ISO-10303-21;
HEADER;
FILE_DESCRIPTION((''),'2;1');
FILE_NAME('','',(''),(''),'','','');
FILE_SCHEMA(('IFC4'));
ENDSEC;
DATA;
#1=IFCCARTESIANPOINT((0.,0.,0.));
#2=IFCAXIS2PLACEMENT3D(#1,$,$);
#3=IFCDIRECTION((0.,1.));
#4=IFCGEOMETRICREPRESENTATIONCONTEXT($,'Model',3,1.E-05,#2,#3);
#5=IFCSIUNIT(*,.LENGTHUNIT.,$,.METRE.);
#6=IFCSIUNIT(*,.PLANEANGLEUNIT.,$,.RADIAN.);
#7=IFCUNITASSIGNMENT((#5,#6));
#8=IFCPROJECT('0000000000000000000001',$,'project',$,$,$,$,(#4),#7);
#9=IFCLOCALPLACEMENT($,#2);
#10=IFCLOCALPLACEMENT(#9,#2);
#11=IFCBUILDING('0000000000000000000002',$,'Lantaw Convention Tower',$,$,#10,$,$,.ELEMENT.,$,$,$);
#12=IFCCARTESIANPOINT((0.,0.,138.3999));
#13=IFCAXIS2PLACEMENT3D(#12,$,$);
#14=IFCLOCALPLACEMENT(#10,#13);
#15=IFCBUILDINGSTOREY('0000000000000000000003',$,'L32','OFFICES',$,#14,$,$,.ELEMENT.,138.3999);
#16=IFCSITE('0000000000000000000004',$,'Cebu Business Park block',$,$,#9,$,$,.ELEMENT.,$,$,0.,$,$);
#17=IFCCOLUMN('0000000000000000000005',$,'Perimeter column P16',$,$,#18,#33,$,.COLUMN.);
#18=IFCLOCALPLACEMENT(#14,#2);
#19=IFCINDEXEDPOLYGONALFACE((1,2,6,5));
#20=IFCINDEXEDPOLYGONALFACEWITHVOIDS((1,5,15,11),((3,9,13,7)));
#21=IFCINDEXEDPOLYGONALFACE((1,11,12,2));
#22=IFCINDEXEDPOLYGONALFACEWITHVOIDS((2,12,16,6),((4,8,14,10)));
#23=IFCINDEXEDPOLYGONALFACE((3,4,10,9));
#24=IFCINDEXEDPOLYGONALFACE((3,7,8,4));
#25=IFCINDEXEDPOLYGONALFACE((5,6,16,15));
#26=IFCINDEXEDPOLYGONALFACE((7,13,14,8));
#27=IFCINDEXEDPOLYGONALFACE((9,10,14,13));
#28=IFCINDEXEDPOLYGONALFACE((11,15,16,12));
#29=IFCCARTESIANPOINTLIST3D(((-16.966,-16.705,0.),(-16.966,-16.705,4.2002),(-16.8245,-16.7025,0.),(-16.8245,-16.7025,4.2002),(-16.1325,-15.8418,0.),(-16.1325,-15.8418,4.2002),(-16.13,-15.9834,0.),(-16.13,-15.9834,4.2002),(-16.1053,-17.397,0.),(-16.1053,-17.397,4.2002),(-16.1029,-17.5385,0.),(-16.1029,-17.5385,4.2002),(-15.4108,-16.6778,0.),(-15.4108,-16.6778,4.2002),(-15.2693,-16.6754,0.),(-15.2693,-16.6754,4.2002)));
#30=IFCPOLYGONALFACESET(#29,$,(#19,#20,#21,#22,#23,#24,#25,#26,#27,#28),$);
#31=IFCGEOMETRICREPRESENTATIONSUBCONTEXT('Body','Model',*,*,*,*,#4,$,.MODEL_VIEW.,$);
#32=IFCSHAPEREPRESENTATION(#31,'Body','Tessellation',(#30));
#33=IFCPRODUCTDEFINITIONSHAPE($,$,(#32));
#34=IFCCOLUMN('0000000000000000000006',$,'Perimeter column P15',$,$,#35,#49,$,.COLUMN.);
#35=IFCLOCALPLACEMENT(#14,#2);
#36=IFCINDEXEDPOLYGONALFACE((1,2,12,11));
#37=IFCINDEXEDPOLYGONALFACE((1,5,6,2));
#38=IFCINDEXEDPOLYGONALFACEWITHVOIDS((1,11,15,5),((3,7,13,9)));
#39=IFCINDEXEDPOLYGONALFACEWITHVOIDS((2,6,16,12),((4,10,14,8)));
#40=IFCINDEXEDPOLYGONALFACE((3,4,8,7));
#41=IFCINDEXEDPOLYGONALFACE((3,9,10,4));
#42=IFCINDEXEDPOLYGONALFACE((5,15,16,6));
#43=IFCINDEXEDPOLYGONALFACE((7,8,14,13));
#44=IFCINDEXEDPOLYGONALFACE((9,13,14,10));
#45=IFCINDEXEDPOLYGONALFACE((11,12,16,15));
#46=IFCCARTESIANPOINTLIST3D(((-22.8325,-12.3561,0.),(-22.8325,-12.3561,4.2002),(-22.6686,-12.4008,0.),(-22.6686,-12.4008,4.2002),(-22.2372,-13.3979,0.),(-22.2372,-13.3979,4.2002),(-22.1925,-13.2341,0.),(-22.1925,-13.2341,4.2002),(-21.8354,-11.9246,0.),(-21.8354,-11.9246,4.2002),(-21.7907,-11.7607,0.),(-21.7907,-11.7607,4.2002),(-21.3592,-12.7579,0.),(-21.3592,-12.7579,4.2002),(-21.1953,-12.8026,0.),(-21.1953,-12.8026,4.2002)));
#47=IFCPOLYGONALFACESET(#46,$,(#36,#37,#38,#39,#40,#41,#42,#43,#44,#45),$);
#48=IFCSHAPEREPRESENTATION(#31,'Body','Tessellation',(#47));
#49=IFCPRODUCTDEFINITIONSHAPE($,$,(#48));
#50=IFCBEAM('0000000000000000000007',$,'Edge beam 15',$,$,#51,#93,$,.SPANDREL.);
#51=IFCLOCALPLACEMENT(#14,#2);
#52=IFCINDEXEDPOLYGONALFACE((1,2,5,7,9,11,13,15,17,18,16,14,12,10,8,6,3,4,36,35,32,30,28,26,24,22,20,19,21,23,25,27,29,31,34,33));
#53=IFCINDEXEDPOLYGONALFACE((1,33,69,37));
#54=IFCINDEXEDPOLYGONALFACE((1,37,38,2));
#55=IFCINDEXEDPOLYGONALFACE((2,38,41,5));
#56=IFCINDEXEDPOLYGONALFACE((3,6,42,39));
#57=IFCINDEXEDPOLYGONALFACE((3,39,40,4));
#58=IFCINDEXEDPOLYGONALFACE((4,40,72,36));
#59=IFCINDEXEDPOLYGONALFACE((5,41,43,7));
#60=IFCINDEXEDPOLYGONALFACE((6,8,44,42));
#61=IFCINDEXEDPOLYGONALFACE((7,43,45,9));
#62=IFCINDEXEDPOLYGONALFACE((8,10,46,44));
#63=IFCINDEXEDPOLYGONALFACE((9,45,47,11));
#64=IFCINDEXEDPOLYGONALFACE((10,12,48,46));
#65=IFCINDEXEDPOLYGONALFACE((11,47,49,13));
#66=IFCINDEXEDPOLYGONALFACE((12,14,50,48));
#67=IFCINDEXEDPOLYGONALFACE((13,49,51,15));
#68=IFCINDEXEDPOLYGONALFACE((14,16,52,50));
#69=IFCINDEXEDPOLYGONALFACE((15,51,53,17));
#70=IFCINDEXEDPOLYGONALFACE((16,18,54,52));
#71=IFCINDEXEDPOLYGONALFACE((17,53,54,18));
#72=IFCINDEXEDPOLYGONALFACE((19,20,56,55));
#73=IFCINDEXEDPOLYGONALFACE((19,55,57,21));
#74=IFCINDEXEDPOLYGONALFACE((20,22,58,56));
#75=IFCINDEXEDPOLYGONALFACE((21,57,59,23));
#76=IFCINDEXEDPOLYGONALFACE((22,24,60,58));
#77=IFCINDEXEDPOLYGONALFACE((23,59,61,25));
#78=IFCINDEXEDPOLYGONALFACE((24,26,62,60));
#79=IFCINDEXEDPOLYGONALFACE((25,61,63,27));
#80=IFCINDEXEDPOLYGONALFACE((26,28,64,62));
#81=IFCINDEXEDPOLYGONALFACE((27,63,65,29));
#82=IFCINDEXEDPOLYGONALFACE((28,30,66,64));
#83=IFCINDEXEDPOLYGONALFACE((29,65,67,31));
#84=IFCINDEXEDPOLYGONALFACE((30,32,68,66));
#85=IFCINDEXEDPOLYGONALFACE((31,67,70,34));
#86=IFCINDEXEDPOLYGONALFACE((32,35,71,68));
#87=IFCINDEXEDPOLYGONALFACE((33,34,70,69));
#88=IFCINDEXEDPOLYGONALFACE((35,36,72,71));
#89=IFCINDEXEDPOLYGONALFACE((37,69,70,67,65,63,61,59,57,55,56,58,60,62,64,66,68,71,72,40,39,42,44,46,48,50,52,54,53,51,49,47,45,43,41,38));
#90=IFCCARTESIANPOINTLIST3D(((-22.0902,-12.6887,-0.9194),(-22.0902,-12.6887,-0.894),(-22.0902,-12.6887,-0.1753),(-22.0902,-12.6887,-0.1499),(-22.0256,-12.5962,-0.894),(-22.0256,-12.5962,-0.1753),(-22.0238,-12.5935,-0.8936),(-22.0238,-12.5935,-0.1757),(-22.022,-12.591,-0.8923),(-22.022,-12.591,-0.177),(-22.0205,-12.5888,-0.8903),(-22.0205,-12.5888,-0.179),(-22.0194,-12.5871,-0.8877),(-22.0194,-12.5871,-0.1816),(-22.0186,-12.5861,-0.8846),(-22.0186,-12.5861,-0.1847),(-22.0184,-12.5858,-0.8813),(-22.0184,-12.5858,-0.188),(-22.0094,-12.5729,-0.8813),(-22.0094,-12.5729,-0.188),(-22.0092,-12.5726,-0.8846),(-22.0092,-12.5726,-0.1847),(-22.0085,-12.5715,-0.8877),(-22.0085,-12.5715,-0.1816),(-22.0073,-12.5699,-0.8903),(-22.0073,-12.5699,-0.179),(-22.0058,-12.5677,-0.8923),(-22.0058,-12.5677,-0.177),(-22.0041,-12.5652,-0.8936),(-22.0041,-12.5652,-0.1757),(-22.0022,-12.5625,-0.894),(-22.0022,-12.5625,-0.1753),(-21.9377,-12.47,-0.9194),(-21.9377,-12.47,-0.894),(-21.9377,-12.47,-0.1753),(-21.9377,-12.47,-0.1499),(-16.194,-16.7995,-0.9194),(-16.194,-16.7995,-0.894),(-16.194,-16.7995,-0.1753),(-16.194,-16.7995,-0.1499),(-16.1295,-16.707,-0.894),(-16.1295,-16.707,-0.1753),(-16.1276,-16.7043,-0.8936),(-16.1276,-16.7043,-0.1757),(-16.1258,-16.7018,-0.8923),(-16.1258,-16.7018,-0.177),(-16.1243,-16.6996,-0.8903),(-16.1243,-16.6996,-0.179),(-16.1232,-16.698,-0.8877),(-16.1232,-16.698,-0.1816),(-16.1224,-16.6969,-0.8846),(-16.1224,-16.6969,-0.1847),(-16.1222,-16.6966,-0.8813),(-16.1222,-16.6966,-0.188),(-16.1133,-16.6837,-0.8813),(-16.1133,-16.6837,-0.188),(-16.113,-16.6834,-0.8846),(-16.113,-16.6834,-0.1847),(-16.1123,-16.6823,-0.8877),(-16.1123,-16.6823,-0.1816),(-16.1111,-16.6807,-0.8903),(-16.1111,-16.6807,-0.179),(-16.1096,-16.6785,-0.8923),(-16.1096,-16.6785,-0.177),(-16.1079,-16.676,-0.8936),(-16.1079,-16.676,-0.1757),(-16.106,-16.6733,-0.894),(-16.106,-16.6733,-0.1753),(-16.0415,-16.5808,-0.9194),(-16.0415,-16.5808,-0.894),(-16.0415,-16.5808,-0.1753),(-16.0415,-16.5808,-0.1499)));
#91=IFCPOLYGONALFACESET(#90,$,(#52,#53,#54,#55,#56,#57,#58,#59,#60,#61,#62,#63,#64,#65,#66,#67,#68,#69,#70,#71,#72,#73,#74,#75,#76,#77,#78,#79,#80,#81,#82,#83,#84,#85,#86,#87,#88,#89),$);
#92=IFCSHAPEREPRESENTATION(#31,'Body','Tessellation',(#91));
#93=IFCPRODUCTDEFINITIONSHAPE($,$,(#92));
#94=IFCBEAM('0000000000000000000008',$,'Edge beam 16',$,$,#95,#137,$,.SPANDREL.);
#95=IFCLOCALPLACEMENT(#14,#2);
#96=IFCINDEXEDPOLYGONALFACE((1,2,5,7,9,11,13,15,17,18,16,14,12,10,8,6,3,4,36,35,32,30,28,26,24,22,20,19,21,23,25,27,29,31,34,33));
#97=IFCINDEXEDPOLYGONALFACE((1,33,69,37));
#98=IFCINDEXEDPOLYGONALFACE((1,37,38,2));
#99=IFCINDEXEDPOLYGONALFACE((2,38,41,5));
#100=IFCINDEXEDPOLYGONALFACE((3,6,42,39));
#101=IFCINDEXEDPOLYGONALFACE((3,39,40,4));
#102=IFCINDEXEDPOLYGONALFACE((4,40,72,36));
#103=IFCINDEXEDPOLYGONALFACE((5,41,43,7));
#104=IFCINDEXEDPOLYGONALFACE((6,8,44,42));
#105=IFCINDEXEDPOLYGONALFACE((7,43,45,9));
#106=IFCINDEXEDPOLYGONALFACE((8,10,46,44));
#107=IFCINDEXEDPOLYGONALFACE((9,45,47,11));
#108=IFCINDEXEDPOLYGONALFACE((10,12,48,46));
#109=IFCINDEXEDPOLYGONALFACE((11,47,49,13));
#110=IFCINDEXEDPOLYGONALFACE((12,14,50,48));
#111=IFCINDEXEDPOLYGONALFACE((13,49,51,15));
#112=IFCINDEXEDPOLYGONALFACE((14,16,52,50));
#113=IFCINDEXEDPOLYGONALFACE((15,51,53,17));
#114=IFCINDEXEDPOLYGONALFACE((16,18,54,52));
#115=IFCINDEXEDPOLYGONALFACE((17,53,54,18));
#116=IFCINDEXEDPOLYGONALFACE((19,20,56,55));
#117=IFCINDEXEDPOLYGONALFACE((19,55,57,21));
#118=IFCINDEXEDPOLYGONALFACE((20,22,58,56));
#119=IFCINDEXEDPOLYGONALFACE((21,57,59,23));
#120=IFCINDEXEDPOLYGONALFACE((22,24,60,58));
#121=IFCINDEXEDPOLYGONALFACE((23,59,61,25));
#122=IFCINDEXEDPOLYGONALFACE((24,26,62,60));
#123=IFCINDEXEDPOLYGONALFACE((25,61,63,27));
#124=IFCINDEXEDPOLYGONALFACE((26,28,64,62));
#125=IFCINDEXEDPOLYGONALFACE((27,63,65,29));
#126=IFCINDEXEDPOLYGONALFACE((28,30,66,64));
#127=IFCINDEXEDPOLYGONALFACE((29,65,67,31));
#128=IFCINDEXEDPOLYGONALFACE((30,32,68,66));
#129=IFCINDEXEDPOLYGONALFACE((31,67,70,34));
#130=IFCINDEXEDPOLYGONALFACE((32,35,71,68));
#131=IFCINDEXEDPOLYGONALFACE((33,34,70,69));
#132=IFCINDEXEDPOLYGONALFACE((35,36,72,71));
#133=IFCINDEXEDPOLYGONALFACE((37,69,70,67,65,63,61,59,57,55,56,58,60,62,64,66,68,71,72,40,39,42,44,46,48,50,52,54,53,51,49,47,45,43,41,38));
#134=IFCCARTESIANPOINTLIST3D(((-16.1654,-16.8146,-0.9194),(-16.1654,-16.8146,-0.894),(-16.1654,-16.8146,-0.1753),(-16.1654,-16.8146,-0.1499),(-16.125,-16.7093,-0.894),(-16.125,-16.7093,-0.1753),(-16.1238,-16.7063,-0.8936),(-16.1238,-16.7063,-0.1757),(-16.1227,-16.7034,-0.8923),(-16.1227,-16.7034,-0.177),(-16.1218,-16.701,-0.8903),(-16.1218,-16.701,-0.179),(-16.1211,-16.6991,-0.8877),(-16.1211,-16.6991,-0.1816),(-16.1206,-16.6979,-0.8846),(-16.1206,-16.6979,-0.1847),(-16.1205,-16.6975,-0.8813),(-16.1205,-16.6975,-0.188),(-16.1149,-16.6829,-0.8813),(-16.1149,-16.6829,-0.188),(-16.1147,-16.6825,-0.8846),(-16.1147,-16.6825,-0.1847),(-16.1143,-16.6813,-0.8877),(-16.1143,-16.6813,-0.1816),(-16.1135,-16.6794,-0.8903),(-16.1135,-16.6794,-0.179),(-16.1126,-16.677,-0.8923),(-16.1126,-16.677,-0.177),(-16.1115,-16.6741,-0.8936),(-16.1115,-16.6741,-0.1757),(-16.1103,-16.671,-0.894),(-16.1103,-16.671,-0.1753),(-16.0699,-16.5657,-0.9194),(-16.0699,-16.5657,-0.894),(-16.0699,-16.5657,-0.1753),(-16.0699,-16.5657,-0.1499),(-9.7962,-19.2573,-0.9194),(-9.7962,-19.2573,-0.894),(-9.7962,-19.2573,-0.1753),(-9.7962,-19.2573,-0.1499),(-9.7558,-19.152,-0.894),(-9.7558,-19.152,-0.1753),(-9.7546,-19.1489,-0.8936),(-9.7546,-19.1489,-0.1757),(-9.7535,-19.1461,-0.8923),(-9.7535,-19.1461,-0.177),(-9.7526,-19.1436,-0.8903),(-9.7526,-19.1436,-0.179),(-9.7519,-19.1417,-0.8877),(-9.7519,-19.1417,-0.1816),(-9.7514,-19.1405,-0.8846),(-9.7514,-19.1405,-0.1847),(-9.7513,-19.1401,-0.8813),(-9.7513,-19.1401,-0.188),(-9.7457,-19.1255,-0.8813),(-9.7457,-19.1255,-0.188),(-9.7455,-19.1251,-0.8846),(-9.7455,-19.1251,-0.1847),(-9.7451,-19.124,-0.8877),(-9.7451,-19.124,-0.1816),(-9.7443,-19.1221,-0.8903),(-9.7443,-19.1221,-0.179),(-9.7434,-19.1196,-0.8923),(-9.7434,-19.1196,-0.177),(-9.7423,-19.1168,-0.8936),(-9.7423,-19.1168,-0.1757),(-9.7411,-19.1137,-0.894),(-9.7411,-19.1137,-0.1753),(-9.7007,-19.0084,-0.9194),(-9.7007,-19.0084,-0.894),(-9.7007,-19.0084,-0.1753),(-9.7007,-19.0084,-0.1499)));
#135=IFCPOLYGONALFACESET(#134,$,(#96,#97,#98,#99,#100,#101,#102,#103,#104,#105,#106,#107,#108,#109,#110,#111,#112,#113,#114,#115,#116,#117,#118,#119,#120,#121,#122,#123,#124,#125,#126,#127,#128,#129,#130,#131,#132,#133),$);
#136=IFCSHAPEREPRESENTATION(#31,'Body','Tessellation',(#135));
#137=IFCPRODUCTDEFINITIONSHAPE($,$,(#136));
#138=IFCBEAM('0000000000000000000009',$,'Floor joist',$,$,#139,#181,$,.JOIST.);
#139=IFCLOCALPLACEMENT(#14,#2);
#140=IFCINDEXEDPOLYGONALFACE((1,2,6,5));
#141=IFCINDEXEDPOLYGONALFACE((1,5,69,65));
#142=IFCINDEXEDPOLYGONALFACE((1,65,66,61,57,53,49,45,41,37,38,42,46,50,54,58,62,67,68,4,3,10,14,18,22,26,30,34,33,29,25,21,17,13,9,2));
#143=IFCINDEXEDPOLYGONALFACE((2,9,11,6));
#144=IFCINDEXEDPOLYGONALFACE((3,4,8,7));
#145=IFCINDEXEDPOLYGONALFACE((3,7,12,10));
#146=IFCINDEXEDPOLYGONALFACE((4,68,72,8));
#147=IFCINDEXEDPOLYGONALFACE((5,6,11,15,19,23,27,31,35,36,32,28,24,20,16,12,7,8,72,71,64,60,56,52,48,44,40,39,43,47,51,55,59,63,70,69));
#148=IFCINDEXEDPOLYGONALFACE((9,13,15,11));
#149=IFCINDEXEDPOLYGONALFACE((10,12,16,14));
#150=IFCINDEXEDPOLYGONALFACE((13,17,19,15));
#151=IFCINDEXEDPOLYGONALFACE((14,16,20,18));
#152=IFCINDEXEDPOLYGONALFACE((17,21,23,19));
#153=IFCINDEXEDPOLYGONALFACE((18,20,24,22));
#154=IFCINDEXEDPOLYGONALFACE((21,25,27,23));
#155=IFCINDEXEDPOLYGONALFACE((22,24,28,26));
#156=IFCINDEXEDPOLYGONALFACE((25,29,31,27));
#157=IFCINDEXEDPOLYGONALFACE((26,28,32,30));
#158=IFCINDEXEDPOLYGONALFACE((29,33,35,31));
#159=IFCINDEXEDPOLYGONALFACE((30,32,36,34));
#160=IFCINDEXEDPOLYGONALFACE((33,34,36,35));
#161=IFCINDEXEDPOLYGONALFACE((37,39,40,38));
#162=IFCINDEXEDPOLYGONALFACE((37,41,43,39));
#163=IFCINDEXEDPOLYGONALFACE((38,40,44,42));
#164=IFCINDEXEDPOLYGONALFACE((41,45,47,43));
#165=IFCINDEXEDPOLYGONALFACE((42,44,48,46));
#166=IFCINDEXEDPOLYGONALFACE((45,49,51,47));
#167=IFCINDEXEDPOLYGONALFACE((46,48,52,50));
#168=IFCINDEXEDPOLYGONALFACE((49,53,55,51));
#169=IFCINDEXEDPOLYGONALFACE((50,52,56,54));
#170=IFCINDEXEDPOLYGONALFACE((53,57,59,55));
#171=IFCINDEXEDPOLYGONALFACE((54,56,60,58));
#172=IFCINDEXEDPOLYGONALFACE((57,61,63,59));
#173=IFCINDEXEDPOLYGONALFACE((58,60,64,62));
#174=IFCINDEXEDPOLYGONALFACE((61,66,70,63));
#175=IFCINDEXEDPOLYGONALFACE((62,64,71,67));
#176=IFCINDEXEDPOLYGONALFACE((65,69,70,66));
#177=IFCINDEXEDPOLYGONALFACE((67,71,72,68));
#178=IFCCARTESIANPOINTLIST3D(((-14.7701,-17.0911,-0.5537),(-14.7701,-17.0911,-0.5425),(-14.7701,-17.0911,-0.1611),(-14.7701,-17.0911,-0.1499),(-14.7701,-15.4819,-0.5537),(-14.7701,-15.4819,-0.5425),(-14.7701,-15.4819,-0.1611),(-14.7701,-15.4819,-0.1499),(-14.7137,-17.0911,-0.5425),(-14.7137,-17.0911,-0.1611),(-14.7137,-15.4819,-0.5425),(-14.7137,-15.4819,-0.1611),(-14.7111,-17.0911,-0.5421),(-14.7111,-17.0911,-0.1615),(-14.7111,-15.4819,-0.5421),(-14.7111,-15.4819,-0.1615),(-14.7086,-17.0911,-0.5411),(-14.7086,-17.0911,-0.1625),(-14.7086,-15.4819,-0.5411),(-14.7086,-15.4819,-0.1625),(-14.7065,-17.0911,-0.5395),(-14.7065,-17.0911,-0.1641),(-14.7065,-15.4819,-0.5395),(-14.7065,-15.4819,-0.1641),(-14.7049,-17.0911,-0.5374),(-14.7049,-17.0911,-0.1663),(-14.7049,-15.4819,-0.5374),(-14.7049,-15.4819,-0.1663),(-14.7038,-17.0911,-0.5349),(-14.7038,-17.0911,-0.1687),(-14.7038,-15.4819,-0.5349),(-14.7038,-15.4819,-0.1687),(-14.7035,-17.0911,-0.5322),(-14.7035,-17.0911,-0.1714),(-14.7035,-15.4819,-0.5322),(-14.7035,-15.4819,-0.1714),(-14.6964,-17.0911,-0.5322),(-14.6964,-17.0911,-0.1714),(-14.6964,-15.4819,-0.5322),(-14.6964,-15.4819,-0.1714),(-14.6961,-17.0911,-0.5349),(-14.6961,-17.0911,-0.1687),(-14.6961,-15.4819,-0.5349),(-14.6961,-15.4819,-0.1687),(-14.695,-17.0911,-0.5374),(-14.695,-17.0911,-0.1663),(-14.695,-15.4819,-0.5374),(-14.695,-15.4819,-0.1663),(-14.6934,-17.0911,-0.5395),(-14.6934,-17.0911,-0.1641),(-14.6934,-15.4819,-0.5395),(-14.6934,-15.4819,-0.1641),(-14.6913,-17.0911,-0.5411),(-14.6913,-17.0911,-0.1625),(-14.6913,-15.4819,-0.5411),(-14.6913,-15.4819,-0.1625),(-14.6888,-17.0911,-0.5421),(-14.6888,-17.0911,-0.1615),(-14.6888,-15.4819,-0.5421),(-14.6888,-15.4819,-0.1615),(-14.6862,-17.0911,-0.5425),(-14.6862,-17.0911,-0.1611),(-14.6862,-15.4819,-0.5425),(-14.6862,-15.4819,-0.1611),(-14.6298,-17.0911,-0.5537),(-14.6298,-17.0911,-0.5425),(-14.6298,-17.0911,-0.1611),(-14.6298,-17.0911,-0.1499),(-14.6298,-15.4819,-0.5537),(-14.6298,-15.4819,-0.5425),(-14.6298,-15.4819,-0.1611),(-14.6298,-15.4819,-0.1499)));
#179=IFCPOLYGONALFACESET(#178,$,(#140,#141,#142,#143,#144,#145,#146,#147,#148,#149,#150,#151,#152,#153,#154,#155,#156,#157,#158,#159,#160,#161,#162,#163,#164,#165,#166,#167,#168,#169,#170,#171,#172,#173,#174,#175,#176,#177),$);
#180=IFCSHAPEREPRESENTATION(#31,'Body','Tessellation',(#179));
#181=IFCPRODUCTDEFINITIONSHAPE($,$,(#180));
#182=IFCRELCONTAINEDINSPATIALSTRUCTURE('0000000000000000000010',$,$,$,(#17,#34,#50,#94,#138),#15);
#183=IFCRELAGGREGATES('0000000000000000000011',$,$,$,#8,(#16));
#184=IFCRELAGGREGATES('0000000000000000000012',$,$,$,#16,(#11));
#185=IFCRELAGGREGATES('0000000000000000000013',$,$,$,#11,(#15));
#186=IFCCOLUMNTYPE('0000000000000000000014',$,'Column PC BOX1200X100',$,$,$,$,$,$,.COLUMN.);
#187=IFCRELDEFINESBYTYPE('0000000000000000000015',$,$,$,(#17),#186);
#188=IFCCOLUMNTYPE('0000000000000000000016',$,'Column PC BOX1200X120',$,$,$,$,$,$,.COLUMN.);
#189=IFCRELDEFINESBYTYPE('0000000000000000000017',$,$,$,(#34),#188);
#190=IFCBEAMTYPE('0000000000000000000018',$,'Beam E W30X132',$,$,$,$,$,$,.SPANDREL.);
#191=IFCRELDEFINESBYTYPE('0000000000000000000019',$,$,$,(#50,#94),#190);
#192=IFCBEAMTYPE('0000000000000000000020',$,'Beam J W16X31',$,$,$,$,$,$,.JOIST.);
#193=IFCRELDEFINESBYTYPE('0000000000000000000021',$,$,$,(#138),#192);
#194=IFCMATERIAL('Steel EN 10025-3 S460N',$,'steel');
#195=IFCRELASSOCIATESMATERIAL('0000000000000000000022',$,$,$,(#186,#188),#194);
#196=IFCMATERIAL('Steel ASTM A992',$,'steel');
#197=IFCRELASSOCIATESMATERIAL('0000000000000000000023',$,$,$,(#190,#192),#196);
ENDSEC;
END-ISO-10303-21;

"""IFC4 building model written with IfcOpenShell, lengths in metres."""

from ifc_helpers import new_model, si_unit, direction, frame, origin, origin_2d, place, context, subcontext, project, spatial, rectangle, hollow_rectangle, i_section, extrude, material, material_profile, profile_set, type_object, element, save


model = new_model("IFC4")

# Units and contexts
model_context = context("Model", 3, precision=1e-05, world=origin(), true_north=direction((0.0, 1.0)))
body_context = subcontext(model_context, "Body", "Model", "MODEL_VIEW")
ifc_project = project(units=[si_unit("LENGTHUNIT", "METRE"), si_unit("PLANEANGLEUNIT", "RADIAN")], contexts=[model_context])

# Site, building, storey
site_placement = place(None, origin())
site = spatial("IfcSite", under=ifc_project, at=site_placement, Name="Cebu Business Park block", CompositionType="ELEMENT", RefElevation=0.0)
building_placement = place(site_placement, origin())
building = spatial("IfcBuilding", under=site, at=building_placement, Name="Lantaw Convention Tower", CompositionType="ELEMENT")
storey_placement = place(building_placement, frame((0.0, 0.0, 138.3999)))
storey = spatial("IfcBuildingStorey", under=building, at=storey_placement, Name="L32", Description="OFFICES", CompositionType="ELEMENT", Elevation=138.3999)

# Columns
ifc_material_1 = material(Name="Steel EN 10025-3 S460N", Category="steel")
ifc_material_profile_1 = material_profile(ifc_material_1, hollow_rectangle(XDim=1.2, YDim=1.2, WallThickness=0.1001, at=origin_2d()), Name="BOX1200X100")
ifc_material_2 = material(Name="Concrete C60/75", Category="concrete")
ifc_material_profile_2 = material_profile(ifc_material_2, rectangle(XDim=1.0, YDim=1.0, at=origin_2d()), Name="Concrete fill of BOX1200X100")
ifc_profile_set_1 = profile_set([ifc_material_profile_1, ifc_material_profile_2], Name="Steel EN 10025-3 S460N")
column_type_1 = type_object("IfcColumnType", Name="Column PC BOX1200X100", PredefinedType="COLUMN", material=ifc_profile_set_1)
column_1_placement = place(storey_placement, frame((-16.1177, -16.6902, 0.0), z_axis=(0.0, 0.0, 1.0), x_axis=(0.694658, 0.71934, 0.0)))
element("IfcColumn", 1, at=column_1_placement, inside=storey, type_object=column_type_1, Name="Perimeter column P16", PredefinedType="COLUMN", context=body_context, shape_type="SweptSolid", body=[
    extrude(hollow_rectangle(XDim=1.2, YDim=1.2, WallThickness=0.1001, at=origin_2d()), origin(), (0.0, 0.0, 1.0), 4.2002),
])
ifc_material_profile_3 = material_profile(ifc_material_1, hollow_rectangle(XDim=1.2, YDim=1.2, WallThickness=0.1201, at=origin_2d()), Name="BOX1200X120")
ifc_material_profile_4 = material_profile(ifc_material_2, rectangle(XDim=0.96, YDim=0.96, at=origin_2d()), Name="Concrete fill of BOX1200X120")
ifc_profile_set_2 = profile_set([ifc_material_profile_3, ifc_material_profile_4], Name="Steel EN 10025-3 S460N")
column_type_2 = type_object("IfcColumnType", Name="Column PC BOX1200X120", PredefinedType="COLUMN", material=ifc_profile_set_2)
column_2_placement = place(storey_placement, frame((-22.0139, -12.5793, 0.0), z_axis=(0.0, 0.0, 1.0), x_axis=(0.868243, 0.496139, 0.0)))
element("IfcColumn", 2, at=column_2_placement, inside=storey, type_object=column_type_2, Name="Perimeter column P15", PredefinedType="COLUMN", context=body_context, shape_type="SweptSolid", body=[
    extrude(hollow_rectangle(XDim=1.2, YDim=1.2, WallThickness=0.1201, at=origin_2d()), origin(), (0.0, 0.0, 1.0), 4.2002),
])

# Beams
ifc_material_3 = material(Name="Steel ASTM A992", Category="steel")
ifc_material_profile_5 = material_profile(ifc_material_3, i_section(OverallWidth=0.2666, OverallDepth=0.7695, WebThickness=0.0156, FlangeThickness=0.0254, FilletRadius=0.0127, at=origin_2d()), Name="W30X132")
ifc_profile_set_3 = profile_set([ifc_material_profile_5], Name="Steel ASTM A992")
beam_type_1 = type_object("IfcBeamType", Name="Beam E W30X132", PredefinedType="SPANDREL", material=ifc_profile_set_3)
beam_1_placement = place(storey_placement, frame((-22.0139, -12.5793, -0.5347), z_axis=(0.820311, -0.571918, 0.0), x_axis=(0.571918, 0.820311, 0.0)))
element("IfcBeam", 3, at=beam_1_placement, inside=storey, type_object=beam_type_1, Name="Edge beam 15", PredefinedType="SPANDREL", context=body_context, shape_type="SweptSolid", body=[
    extrude(i_section(OverallWidth=0.2666, OverallDepth=0.7695, WebThickness=0.0156, FlangeThickness=0.0254, FilletRadius=0.0127, at=origin_2d()), origin(), (0.0, 0.0, 1.0), 7.1877),
])
beam_2_placement = place(storey_placement, frame((-16.1177, -16.6902, -0.5347), z_axis=(0.933691, -0.35808, 0.0), x_axis=(0.35808, 0.933691, 0.0)))
element("IfcBeam", 4, at=beam_2_placement, inside=storey, type_object=beam_type_1, Name="Edge beam 16", PredefinedType="SPANDREL", context=body_context, shape_type="SweptSolid", body=[
    extrude(i_section(OverallWidth=0.2666, OverallDepth=0.7695, WebThickness=0.0156, FlangeThickness=0.0254, FilletRadius=0.0127, at=origin_2d()), origin(), (0.0, 0.0, 1.0), 6.8215),
])
ifc_material_profile_6 = material_profile(ifc_material_3, i_section(OverallWidth=0.1404, OverallDepth=0.4038, WebThickness=0.0071, FlangeThickness=0.0112, FilletRadius=0.0103, at=origin_2d()), Name="W16X31")
ifc_profile_set_4 = profile_set([ifc_material_profile_6], Name="Steel ASTM A992")
beam_type_2 = type_object("IfcBeamType", Name="Beam J W16X31", PredefinedType="JOIST", material=ifc_profile_set_4)
beam_3_placement = place(storey_placement, frame((-14.7, -17.0911, -0.3518), z_axis=(0.0, 1.0, 0.0), x_axis=(-1.0, 0.0, 0.0)))
element("IfcBeam", 5, at=beam_3_placement, inside=storey, type_object=beam_type_2, Name="Floor joist", PredefinedType="JOIST", context=body_context, shape_type="SweptSolid", body=[
    extrude(i_section(OverallWidth=0.1404, OverallDepth=0.4038, WebThickness=0.0071, FlangeThickness=0.0112, FilletRadius=0.0103, at=origin_2d()), origin(), (0.0, 0.0, 1.0), 1.6091),
])

save(model, "model.ifc")
